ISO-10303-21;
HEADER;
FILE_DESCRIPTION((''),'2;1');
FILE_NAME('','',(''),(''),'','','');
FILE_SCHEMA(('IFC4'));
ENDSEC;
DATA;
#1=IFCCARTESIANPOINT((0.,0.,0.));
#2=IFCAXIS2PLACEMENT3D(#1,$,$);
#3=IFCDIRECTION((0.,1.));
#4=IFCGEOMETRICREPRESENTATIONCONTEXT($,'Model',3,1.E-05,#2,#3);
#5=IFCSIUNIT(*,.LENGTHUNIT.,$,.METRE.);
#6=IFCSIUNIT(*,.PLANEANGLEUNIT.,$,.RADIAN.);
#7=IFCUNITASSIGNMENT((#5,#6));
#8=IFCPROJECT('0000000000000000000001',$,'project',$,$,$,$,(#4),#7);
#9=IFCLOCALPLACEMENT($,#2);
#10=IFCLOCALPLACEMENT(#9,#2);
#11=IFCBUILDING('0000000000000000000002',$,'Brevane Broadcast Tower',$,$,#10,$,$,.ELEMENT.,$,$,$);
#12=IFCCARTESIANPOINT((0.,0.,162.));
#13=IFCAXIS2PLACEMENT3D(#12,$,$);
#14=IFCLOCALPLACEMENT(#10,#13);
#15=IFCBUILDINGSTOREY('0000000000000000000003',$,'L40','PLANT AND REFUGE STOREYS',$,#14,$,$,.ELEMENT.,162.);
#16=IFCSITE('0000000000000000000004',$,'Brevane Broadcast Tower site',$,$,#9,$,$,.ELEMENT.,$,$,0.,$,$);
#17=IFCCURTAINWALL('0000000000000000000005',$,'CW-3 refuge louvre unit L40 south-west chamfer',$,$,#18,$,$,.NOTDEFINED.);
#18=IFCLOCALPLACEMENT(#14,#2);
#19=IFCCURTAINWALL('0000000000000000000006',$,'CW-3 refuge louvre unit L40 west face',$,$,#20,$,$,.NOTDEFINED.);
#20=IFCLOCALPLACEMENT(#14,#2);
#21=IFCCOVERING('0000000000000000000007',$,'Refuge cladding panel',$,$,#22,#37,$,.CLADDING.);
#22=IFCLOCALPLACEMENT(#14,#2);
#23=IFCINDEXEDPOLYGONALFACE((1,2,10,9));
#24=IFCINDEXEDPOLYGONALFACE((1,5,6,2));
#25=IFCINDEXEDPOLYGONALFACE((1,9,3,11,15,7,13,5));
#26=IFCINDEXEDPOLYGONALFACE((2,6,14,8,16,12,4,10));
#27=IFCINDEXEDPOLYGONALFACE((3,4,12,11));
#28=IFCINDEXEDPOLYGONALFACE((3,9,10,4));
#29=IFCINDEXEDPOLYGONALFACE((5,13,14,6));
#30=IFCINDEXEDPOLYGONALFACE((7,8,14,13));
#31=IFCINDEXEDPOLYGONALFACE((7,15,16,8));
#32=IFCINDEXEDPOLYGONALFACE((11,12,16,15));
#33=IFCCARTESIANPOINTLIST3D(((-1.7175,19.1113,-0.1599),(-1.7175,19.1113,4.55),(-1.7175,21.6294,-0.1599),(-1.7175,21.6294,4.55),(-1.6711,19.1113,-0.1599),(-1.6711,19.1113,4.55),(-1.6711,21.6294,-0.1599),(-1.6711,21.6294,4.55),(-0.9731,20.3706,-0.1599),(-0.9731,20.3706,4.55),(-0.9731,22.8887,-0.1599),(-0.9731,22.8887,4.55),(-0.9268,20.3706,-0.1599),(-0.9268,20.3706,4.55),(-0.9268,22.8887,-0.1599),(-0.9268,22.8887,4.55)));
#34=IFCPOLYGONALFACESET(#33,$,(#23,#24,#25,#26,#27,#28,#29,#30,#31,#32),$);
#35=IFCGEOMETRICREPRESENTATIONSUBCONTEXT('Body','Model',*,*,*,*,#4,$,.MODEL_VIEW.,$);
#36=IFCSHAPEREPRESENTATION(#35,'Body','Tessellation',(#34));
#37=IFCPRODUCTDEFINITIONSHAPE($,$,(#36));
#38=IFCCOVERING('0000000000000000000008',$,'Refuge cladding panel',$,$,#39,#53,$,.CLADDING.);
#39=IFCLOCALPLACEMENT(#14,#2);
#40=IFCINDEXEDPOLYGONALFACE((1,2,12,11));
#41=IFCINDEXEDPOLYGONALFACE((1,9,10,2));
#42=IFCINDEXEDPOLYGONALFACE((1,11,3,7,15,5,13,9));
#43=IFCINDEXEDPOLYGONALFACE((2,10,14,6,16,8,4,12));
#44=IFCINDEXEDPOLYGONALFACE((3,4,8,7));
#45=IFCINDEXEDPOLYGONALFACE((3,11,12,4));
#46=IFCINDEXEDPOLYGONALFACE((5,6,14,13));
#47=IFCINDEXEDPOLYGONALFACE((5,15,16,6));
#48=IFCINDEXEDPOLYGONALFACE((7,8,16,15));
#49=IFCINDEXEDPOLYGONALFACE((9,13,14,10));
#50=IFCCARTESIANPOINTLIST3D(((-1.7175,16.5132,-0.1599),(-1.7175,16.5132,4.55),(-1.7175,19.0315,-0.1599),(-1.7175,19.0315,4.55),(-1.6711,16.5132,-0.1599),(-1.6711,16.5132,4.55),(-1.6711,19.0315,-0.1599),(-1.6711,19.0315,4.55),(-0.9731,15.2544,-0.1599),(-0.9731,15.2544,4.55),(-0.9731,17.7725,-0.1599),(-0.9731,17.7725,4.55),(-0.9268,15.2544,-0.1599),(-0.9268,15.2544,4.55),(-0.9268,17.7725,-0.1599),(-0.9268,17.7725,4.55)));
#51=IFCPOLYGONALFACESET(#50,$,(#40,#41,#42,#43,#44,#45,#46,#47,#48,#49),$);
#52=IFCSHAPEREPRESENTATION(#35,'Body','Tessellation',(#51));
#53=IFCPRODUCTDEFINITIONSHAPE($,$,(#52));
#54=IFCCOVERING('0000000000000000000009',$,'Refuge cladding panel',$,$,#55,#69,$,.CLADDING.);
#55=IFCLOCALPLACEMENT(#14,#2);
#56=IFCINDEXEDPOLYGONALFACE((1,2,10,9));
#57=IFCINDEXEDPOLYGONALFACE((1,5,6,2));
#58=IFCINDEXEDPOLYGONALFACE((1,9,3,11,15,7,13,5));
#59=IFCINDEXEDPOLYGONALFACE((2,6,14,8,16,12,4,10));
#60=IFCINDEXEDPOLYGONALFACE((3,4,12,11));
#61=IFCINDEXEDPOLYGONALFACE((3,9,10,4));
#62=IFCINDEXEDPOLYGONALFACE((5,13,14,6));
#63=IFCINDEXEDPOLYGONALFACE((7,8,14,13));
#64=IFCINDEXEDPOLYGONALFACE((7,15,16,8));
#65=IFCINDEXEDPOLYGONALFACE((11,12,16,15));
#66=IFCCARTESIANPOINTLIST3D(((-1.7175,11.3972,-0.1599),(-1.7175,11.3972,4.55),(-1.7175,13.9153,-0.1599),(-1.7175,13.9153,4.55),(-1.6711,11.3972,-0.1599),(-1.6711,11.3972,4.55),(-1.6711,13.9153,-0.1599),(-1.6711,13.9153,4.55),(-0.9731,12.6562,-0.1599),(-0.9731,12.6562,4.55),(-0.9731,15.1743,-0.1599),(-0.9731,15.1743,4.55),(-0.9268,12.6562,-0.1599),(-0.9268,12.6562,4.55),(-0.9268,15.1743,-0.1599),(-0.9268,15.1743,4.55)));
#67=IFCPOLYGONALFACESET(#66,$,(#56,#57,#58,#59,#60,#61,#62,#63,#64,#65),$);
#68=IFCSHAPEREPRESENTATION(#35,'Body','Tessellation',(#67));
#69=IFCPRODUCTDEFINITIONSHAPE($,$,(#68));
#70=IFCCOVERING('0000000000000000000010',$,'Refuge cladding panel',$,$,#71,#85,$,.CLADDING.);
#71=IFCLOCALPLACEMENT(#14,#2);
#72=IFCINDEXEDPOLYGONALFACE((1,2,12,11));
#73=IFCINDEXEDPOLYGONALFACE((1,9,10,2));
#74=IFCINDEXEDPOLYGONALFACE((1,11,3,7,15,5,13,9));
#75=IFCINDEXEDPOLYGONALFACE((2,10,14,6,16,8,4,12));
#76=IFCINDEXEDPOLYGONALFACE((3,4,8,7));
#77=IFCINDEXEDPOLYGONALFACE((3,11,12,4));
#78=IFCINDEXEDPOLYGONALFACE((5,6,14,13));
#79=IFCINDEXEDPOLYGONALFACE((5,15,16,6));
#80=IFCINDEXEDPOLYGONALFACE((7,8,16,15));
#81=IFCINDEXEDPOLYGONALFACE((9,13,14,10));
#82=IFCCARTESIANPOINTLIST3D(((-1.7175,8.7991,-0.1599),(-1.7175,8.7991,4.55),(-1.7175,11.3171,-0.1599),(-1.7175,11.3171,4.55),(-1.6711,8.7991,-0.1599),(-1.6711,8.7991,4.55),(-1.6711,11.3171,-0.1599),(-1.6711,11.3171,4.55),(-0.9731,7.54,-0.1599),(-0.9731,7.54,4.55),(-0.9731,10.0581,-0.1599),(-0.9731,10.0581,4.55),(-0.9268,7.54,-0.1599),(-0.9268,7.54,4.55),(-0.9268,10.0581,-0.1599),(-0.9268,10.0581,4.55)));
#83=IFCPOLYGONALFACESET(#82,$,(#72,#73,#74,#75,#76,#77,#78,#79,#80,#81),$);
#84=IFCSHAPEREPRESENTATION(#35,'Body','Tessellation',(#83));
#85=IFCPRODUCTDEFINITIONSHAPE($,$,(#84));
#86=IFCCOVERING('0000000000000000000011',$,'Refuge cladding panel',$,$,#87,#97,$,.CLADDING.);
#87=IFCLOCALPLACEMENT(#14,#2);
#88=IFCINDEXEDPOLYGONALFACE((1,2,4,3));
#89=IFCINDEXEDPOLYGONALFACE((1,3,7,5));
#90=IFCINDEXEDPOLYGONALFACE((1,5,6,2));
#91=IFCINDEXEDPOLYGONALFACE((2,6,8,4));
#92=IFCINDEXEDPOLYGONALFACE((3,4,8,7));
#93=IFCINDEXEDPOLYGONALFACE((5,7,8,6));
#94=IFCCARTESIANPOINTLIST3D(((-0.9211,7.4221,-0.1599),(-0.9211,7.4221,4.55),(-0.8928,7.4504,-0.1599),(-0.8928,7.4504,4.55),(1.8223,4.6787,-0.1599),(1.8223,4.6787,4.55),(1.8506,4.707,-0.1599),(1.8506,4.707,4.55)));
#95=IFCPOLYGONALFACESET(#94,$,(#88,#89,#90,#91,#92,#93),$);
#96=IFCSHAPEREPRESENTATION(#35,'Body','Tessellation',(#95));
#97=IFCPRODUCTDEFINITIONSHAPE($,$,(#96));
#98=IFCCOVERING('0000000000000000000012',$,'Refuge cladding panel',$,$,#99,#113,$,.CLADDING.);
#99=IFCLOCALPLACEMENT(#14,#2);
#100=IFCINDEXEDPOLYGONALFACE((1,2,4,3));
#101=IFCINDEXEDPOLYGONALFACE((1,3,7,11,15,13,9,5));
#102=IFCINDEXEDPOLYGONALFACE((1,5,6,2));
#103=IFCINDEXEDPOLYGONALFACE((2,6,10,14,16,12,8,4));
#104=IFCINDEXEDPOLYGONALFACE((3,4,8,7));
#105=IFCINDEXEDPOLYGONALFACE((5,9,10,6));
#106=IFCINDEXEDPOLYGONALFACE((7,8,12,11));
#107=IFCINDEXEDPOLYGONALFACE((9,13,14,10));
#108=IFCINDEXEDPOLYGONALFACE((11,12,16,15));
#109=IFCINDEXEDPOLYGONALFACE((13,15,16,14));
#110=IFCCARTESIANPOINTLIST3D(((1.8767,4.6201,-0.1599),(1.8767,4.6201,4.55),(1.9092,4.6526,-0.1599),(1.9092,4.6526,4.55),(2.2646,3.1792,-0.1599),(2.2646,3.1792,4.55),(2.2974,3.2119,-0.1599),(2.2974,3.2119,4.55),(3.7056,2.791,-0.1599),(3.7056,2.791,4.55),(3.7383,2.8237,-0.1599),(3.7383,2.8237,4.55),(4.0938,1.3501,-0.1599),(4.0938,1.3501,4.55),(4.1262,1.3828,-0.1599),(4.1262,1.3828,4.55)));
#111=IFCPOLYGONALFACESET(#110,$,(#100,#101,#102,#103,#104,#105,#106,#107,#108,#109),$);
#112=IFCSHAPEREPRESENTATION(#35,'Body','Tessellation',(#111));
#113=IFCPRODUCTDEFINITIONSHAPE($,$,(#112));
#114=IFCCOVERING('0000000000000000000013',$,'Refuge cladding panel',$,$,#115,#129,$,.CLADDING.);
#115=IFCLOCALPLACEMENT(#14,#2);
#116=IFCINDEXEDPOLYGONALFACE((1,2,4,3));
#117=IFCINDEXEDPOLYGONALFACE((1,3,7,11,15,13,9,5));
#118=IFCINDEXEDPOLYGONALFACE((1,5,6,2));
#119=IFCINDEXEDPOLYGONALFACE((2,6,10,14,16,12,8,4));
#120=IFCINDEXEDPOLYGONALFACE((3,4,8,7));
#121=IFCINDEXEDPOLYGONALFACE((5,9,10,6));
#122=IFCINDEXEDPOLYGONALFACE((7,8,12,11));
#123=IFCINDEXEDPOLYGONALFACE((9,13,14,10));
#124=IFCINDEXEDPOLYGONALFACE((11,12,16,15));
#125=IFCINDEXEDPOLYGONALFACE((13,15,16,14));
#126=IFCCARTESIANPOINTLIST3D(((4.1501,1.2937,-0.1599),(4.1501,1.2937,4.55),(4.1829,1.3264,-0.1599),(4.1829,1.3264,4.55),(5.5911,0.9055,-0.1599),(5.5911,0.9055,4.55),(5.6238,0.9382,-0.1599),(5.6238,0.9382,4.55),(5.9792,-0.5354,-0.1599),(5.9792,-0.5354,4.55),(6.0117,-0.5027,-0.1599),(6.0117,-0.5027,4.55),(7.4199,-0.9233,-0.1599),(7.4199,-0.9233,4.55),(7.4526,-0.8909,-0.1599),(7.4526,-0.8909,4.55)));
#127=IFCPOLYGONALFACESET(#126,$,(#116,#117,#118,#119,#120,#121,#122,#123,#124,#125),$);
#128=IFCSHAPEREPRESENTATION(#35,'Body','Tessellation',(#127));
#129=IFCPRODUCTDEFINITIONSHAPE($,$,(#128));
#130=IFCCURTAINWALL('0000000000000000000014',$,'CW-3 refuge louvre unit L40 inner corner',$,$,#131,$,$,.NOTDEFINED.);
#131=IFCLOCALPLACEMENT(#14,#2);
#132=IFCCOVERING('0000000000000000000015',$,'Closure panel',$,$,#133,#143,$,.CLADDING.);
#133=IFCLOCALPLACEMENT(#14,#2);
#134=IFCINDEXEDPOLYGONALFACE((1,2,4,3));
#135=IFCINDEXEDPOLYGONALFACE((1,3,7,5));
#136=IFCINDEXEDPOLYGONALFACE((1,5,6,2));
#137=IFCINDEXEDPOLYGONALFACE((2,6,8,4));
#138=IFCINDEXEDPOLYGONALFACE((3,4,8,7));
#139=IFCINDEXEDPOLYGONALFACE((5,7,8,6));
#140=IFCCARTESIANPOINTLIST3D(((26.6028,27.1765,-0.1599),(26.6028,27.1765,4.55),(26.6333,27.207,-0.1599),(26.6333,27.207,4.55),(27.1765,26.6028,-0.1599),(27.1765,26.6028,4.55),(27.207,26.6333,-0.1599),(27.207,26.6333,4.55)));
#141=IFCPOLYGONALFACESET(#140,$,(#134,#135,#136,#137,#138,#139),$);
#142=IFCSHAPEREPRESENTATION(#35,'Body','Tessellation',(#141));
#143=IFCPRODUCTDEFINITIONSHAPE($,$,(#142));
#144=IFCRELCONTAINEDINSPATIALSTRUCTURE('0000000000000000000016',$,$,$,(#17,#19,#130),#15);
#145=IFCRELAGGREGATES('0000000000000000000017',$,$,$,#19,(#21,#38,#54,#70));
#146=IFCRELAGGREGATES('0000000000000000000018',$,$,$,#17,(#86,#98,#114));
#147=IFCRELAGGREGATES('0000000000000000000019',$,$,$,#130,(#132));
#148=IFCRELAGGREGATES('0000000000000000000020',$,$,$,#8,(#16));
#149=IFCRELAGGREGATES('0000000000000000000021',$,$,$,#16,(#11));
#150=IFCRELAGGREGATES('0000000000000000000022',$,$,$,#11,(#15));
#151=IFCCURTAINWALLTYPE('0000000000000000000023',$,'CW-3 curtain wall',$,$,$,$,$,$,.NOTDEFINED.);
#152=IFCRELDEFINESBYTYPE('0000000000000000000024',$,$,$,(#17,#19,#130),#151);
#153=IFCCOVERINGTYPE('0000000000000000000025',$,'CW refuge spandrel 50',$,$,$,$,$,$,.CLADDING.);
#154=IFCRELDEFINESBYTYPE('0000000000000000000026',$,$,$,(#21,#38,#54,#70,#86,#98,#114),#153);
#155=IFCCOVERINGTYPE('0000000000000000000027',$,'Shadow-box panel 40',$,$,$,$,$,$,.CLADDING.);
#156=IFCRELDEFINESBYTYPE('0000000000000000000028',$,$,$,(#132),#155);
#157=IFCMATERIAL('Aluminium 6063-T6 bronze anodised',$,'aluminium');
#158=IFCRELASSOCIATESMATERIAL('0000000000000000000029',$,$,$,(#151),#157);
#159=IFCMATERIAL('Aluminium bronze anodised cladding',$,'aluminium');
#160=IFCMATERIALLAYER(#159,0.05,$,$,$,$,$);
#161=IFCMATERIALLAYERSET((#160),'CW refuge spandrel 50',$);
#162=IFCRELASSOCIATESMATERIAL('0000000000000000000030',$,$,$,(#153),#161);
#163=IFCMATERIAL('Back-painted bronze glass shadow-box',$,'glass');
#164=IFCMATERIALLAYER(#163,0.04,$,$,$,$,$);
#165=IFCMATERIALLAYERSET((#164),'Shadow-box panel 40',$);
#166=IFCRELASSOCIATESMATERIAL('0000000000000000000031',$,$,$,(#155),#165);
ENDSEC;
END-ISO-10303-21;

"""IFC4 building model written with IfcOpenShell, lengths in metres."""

from ifc_helpers import new_model, si_unit, direction, frame, origin, place, context, subcontext, project, spatial, polyline, outline, extrude, material, layer, layer_set, type_object, element, aggregate, save


model = new_model("IFC4")

# Units and contexts
model_context = context("Model", 3, precision=1e-05, world=origin(), true_north=direction((0.0, 1.0)))
body_context = subcontext(model_context, "Body", "Model", "MODEL_VIEW")
ifc_project = project(units=[si_unit("LENGTHUNIT", "METRE"), si_unit("PLANEANGLEUNIT", "RADIAN")], contexts=[model_context])

# Site, building, storey
site_placement = place(None, origin())
site = spatial("IfcSite", under=ifc_project, at=site_placement, Name="Brevane Broadcast Tower site", CompositionType="ELEMENT", RefElevation=0.0)
building_placement = place(site_placement, origin())
building = spatial("IfcBuilding", under=site, at=building_placement, Name="Brevane Broadcast Tower", CompositionType="ELEMENT")
storey_placement = place(building_placement, frame((0.0, 0.0, 162.0)))
storey = spatial("IfcBuildingStorey", under=building, at=storey_placement, Name="L40", Description="PLANT AND REFUGE STOREYS", CompositionType="ELEMENT", Elevation=162.0)

# Curtain wall
ifc_material_1 = material(Name="Aluminium 6063-T6 bronze anodised", Category="aluminium")
curtain_wall_type = type_object("IfcCurtainWallType", Name="CW-3 curtain wall", PredefinedType="NOTDEFINED", material=ifc_material_1)
curtain_wall_1_placement = place(storey_placement, origin())
curtain_wall_1 = element("IfcCurtainWall", 1, at=curtain_wall_1_placement, inside=storey, type_object=curtain_wall_type, Name="CW-3 refuge louvre unit L40 south-west chamfer", PredefinedType="NOTDEFINED")

# Curtain wall, coverings
curtain_wall_2_placement = place(storey_placement, origin())
curtain_wall_2 = element("IfcCurtainWall", 2, at=curtain_wall_2_placement, inside=storey, type_object=curtain_wall_type, Name="CW-3 refuge louvre unit L40 west face", PredefinedType="NOTDEFINED")
ifc_material_2 = material(Name="Aluminium bronze anodised cladding", Category="aluminium")
ifc_layer_1 = layer(ifc_material_2, 0.05)
ifc_layer_set_1 = layer_set([ifc_layer_1], Name="CW refuge spandrel 50")
covering_type_1 = type_object("IfcCoveringType", Name="CW refuge spandrel 50", PredefinedType="CLADDING", material=ifc_layer_set_1)
covering_1_placement = place(storey_placement, frame((0.0, 0.0, -0.1599)))
covering_1 = element("IfcCovering", 3, at=covering_1_placement, type_object=covering_type_1, Name="Refuge cladding panel", PredefinedType="CLADDING", context=body_context, shape_type="SweptSolid", body=[
    extrude(outline(polyline([(-0.9268, 22.8887), (-0.9731, 22.8887), (-1.7175, 21.6294), (-0.9731, 20.3706), (-1.7175, 19.1113), (-1.6711, 19.1113), (-0.9268, 20.3706), (-1.6711, 21.6294), (-0.9268, 22.8887)])), origin(), (0.0, 0.0, 1.0), 4.71),
])
covering_2_placement = place(storey_placement, frame((0.0, 0.0, -0.1599)))
covering_2 = element("IfcCovering", 4, at=covering_2_placement, type_object=covering_type_1, Name="Refuge cladding panel", PredefinedType="CLADDING", context=body_context, shape_type="SweptSolid", body=[
    extrude(outline(polyline([(-1.6711, 19.0315), (-1.7175, 19.0315), (-0.9731, 17.7725), (-1.7175, 16.5132), (-0.9731, 15.2544), (-0.9268, 15.2544), (-1.6711, 16.5132), (-0.9268, 17.7725), (-1.6711, 19.0315)])), origin(), (0.0, 0.0, 1.0), 4.71),
])
covering_3_placement = place(storey_placement, frame((0.0, 0.0, -0.1599)))
covering_3 = element("IfcCovering", 5, at=covering_3_placement, type_object=covering_type_1, Name="Refuge cladding panel", PredefinedType="CLADDING", context=body_context, shape_type="SweptSolid", body=[
    extrude(outline(polyline([(-0.9268, 15.1743), (-0.9731, 15.1743), (-1.7175, 13.9153), (-0.9731, 12.6562), (-1.7175, 11.3972), (-1.6711, 11.3972), (-0.9268, 12.6562), (-1.6711, 13.9153), (-0.9268, 15.1743)])), origin(), (0.0, 0.0, 1.0), 4.71),
])
covering_4_placement = place(storey_placement, frame((0.0, 0.0, -0.1599)))
covering_4 = element("IfcCovering", 6, at=covering_4_placement, type_object=covering_type_1, Name="Refuge cladding panel", PredefinedType="CLADDING", context=body_context, shape_type="SweptSolid", body=[
    extrude(outline(polyline([(-1.6711, 11.3171), (-1.7175, 11.3171), (-0.9731, 10.0581), (-1.7175, 8.7991), (-0.9731, 7.54), (-0.9268, 7.54), (-1.6711, 8.7991), (-0.9268, 10.0581), (-1.6711, 11.3171)])), origin(), (0.0, 0.0, 1.0), 4.71),
])
aggregate(curtain_wall_2, [covering_1, covering_2, covering_3, covering_4])

# Coverings
covering_5_placement = place(storey_placement, frame((0.0, 0.0, -0.1599)))
covering_5 = element("IfcCovering", 7, at=covering_5_placement, type_object=covering_type_1, Name="Refuge cladding panel", PredefinedType="CLADDING", context=body_context, shape_type="SweptSolid", body=[
    extrude(outline(polyline([(-0.8928, 7.4504), (1.8506, 4.707), (1.8223, 4.6787), (-0.9211, 7.4221), (-0.8928, 7.4504)])), origin(), (0.0, 0.0, 1.0), 4.71),
])
covering_6_placement = place(storey_placement, frame((0.0, 0.0, -0.1599)))
covering_6 = element("IfcCovering", 8, at=covering_6_placement, type_object=covering_type_1, Name="Refuge cladding panel", PredefinedType="CLADDING", context=body_context, shape_type="SweptSolid", body=[
    extrude(outline(polyline([(1.9092, 4.6526), (1.8767, 4.6201), (2.2646, 3.1792), (3.7056, 2.791), (4.0938, 1.3501), (4.1262, 1.3828), (3.7383, 2.8237), (2.2974, 3.2119), (1.9092, 4.6526)])), origin(), (0.0, 0.0, 1.0), 4.71),
])
covering_7_placement = place(storey_placement, frame((0.0, 0.0, -0.1599)))
covering_7 = element("IfcCovering", 9, at=covering_7_placement, type_object=covering_type_1, Name="Refuge cladding panel", PredefinedType="CLADDING", context=body_context, shape_type="SweptSolid", body=[
    extrude(outline(polyline([(4.1829, 1.3264), (4.1501, 1.2937), (5.5911, 0.9055), (5.9792, -0.5354), (7.4199, -0.9233), (7.4526, -0.8909), (6.0117, -0.5027), (5.6238, 0.9382), (4.1829, 1.3264)])), origin(), (0.0, 0.0, 1.0), 4.71),
])
aggregate(curtain_wall_1, [covering_5, covering_6, covering_7])

# Curtain wall, covering
curtain_wall_3_placement = place(storey_placement, origin())
curtain_wall_3 = element("IfcCurtainWall", 10, at=curtain_wall_3_placement, inside=storey, type_object=curtain_wall_type, Name="CW-3 refuge louvre unit L40 inner corner", PredefinedType="NOTDEFINED")
ifc_material_3 = material(Name="Back-painted bronze glass shadow-box", Category="glass")
ifc_layer_2 = layer(ifc_material_3, 0.04)
ifc_layer_set_2 = layer_set([ifc_layer_2], Name="Shadow-box panel 40")
covering_type_2 = type_object("IfcCoveringType", Name="Shadow-box panel 40", PredefinedType="CLADDING", material=ifc_layer_set_2)
covering_8_placement = place(storey_placement, frame((0.0, 0.0, -0.1599)))
covering_8 = element("IfcCovering", 11, at=covering_8_placement, type_object=covering_type_2, Name="Closure panel", PredefinedType="CLADDING", context=body_context, shape_type="SweptSolid", body=[
    extrude(outline(polyline([(27.1765, 26.6028), (27.207, 26.6333), (26.6333, 27.207), (26.6028, 27.1765), (27.1765, 26.6028)])), origin(), (0.0, 0.0, 1.0), 4.71),
])
aggregate(curtain_wall_3, [covering_8])

save(model, "model.ifc")
